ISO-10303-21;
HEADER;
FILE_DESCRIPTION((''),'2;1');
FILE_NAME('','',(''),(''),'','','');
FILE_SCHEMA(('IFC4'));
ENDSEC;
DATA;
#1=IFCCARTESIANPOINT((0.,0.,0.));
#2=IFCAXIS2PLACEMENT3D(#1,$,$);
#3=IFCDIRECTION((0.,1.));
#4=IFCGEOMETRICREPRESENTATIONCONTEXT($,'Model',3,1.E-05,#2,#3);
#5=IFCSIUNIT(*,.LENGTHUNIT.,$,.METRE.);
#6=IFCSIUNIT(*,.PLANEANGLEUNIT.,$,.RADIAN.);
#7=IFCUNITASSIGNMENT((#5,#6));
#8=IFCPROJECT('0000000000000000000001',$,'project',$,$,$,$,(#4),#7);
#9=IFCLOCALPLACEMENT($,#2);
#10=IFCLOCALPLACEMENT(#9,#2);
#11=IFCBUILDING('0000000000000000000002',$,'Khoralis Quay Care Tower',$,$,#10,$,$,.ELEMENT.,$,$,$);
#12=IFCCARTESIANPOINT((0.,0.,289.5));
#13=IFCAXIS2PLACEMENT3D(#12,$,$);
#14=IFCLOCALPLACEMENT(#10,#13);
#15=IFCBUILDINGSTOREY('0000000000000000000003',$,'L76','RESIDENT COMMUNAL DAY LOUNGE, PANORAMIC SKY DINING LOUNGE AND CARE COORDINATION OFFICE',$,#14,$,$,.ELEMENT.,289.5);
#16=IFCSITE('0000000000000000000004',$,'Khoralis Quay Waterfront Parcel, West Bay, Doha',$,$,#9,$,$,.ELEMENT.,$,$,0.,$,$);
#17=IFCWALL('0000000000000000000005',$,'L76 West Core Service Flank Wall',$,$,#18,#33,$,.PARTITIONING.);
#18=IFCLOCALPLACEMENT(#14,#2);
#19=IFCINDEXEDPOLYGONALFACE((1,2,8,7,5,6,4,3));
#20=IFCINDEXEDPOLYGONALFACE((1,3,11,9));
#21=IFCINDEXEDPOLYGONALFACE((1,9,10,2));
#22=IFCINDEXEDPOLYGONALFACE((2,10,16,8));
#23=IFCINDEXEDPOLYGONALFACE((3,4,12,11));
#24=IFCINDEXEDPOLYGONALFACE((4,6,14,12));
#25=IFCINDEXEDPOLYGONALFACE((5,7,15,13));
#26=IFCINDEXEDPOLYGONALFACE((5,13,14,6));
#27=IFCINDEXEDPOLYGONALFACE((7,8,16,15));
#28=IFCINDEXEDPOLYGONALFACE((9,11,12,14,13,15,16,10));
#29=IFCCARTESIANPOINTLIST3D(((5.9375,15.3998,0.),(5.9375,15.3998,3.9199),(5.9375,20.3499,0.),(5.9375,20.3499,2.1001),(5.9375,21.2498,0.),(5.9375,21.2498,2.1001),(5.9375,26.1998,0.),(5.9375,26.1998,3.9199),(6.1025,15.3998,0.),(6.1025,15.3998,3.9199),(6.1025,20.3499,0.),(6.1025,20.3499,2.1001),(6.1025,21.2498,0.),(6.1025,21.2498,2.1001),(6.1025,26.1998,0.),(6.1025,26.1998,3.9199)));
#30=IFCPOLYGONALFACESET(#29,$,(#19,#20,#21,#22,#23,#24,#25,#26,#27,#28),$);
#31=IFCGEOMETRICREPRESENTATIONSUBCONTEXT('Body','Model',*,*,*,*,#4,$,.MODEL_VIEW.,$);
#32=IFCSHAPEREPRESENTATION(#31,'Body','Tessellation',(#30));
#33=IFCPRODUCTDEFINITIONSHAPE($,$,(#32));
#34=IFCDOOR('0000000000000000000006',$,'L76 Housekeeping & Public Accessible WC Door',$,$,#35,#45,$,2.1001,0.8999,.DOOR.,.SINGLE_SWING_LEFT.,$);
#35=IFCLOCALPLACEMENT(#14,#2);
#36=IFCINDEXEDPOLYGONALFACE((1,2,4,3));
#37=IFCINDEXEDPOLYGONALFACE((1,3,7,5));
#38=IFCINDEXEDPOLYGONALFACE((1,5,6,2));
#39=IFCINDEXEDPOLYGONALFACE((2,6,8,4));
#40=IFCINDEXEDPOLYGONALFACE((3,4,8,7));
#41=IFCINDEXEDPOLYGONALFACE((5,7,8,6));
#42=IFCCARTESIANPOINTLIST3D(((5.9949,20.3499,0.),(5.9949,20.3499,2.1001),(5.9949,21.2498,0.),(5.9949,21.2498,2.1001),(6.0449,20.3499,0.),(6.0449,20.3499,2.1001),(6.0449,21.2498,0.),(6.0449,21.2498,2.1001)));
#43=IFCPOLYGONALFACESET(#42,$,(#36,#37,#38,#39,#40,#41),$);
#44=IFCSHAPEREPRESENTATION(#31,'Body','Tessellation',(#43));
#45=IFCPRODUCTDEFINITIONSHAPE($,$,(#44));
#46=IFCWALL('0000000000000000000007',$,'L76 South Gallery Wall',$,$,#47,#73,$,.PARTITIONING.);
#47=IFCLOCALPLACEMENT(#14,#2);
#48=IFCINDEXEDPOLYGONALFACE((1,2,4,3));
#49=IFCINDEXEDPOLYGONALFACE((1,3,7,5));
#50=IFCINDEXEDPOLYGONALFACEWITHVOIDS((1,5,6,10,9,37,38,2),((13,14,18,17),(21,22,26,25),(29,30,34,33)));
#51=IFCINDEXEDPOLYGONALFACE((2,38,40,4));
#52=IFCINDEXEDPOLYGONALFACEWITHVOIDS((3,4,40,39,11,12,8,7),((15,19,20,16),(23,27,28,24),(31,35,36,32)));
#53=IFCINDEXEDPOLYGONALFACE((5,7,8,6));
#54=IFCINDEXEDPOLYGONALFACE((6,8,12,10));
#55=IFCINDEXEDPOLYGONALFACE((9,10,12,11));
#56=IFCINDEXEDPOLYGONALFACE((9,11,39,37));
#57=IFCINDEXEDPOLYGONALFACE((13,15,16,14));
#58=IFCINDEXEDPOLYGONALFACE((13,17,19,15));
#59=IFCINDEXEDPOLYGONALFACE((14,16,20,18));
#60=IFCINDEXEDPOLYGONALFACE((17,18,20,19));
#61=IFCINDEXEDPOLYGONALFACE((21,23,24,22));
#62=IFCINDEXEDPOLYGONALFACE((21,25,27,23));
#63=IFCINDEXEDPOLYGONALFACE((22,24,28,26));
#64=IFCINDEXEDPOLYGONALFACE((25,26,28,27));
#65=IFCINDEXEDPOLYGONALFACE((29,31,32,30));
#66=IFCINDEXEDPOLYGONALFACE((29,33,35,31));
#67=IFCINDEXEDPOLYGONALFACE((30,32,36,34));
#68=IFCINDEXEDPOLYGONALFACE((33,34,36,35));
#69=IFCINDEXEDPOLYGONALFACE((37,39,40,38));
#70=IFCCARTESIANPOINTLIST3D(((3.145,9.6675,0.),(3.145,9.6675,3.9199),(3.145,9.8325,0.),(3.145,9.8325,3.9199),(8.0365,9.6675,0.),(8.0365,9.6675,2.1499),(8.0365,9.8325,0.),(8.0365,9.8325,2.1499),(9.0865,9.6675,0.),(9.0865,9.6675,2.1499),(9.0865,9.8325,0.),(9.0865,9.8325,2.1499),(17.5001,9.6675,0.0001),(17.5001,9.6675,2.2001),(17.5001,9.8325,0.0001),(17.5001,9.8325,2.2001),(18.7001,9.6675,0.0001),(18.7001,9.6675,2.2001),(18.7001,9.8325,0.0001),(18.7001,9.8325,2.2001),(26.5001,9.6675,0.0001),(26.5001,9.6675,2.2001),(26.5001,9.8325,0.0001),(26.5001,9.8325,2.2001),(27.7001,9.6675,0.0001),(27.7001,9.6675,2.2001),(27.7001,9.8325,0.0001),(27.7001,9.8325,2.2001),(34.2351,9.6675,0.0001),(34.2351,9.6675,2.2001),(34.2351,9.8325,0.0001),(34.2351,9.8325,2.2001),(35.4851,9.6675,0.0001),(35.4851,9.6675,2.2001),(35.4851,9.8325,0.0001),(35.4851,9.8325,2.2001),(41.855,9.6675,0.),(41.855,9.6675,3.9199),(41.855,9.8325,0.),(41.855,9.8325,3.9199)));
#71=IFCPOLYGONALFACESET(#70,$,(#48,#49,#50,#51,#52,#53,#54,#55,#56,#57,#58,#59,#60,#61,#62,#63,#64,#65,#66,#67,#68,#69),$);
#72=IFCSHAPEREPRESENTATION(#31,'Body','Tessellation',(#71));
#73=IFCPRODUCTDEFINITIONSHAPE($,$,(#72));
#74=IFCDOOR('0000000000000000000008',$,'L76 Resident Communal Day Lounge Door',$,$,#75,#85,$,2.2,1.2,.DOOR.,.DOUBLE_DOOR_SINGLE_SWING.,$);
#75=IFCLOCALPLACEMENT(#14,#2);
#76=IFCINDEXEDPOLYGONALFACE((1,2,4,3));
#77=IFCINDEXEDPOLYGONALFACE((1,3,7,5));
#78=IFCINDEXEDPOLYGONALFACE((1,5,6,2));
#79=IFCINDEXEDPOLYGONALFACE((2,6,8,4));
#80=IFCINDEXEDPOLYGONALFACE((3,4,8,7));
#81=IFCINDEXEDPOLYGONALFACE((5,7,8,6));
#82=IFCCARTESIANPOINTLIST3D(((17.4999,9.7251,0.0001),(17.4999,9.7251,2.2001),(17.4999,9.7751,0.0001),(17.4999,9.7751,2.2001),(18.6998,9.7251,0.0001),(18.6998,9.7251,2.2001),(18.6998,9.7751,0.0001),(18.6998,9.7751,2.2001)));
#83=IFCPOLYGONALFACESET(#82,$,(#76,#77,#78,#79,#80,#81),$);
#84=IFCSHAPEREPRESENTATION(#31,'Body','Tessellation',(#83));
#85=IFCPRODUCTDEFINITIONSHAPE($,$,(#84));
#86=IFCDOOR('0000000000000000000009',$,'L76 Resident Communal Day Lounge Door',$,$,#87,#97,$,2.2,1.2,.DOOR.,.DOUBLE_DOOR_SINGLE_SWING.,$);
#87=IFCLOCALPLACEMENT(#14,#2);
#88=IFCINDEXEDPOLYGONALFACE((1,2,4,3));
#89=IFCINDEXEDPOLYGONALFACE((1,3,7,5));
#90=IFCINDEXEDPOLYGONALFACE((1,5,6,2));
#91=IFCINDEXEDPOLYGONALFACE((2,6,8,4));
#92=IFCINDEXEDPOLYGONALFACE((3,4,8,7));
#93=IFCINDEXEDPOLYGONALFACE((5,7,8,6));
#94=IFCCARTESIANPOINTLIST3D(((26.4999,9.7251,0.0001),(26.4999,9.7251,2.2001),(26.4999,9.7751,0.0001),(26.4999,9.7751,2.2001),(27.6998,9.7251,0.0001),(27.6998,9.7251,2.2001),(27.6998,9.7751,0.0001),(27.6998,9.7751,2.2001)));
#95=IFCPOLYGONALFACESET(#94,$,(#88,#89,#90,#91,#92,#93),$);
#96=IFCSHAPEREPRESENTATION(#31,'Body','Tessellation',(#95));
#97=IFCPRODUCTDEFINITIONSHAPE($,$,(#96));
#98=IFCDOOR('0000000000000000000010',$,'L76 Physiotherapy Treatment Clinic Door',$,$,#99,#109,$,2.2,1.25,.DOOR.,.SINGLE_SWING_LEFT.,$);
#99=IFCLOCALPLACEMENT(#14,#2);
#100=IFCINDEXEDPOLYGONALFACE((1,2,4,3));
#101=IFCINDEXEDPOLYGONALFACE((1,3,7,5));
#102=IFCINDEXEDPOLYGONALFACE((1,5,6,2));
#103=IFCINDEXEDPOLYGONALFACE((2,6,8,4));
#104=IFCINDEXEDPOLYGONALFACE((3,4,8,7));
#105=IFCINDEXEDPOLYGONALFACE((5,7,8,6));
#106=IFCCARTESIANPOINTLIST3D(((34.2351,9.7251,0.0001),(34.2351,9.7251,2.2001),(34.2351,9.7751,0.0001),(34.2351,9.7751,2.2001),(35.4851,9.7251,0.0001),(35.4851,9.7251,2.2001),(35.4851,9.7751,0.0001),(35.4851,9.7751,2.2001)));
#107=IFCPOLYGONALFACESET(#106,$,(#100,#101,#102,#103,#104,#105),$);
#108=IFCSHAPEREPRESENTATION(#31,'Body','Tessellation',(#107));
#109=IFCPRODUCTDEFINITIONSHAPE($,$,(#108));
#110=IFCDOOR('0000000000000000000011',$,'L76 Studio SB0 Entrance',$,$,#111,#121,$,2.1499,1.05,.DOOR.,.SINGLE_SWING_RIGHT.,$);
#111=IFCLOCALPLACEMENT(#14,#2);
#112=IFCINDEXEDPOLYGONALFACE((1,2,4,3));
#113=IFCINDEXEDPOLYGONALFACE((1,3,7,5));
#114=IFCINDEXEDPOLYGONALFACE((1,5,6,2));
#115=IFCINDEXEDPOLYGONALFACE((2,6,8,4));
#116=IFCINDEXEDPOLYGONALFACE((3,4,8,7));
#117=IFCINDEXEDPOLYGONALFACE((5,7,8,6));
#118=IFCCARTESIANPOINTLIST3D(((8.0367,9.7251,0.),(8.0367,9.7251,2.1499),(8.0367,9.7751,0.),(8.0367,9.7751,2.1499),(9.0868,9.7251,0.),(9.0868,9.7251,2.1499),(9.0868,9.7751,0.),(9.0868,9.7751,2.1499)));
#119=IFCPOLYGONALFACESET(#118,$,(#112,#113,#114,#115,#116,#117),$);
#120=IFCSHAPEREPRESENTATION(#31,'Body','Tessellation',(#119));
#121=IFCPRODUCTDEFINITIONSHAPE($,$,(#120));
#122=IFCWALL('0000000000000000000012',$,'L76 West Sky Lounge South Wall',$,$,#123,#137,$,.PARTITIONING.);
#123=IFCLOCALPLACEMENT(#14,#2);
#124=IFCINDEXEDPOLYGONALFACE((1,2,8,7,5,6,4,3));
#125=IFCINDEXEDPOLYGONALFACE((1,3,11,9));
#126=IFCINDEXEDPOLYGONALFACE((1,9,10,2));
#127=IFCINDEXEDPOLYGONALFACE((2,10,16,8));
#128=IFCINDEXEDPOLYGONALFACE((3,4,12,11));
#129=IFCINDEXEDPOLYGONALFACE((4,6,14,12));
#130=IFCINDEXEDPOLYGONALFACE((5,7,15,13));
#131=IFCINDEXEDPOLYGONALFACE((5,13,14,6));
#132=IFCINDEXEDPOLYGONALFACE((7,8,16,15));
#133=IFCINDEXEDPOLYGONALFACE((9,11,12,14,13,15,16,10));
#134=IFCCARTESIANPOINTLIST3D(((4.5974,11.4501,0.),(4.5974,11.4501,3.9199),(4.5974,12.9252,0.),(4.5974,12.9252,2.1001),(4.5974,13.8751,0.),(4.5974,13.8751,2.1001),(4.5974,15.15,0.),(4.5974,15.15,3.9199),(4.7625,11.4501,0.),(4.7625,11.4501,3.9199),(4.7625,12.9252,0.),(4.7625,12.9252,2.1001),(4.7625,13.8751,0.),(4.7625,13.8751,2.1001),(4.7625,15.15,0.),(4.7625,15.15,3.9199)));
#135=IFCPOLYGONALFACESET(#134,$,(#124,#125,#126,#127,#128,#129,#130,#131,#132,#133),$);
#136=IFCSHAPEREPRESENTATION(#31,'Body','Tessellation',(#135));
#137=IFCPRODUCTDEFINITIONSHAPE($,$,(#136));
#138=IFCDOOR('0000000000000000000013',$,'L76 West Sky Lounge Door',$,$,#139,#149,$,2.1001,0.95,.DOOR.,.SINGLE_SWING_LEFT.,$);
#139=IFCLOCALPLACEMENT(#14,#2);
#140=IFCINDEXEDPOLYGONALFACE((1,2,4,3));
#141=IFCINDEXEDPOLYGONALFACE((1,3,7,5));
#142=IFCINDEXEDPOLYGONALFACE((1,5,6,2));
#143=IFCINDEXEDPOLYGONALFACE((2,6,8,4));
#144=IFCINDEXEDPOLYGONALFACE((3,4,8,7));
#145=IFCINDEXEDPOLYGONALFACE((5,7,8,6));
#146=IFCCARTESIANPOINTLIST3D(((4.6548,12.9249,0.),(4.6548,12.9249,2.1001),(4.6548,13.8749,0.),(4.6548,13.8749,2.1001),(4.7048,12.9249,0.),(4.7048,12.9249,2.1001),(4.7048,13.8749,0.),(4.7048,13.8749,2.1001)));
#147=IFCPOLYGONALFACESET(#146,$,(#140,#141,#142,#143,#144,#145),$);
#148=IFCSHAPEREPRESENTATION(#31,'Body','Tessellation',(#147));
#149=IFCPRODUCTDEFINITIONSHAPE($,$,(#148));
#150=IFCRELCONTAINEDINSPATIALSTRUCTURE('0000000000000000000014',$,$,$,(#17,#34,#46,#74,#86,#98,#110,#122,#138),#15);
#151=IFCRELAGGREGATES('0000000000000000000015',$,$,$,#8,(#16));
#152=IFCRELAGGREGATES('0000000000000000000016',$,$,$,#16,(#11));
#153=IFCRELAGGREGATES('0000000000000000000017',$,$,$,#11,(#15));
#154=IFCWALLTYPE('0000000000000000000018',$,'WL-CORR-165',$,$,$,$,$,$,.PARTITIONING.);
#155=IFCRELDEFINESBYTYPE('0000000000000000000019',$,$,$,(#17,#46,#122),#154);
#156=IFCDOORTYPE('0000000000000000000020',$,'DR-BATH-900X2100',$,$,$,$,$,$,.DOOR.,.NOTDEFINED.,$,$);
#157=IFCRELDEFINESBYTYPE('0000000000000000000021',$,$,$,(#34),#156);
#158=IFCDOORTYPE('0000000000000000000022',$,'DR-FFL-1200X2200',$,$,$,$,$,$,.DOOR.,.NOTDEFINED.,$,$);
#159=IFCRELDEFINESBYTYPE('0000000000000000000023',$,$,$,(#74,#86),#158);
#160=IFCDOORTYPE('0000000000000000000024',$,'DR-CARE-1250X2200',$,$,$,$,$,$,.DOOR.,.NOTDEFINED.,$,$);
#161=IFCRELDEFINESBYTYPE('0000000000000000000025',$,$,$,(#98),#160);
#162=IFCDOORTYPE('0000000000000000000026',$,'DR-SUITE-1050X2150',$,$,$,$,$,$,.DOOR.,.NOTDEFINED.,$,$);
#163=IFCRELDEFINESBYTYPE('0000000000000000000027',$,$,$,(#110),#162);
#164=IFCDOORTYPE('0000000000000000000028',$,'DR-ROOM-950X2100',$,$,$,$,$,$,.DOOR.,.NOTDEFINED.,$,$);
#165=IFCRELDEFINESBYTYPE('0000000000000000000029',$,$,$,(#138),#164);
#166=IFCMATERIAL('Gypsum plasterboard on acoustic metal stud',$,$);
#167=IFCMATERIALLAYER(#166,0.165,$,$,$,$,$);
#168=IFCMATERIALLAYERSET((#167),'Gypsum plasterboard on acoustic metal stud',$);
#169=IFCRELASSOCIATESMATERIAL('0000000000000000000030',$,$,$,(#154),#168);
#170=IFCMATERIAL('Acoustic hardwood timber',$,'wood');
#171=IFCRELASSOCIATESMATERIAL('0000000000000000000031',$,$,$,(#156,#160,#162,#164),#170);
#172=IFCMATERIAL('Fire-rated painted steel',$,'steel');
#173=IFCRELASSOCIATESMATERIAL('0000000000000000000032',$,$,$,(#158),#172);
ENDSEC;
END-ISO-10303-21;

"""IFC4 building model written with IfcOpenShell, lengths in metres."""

from ifc_helpers import new_model, si_unit, direction, frame, frame_2d, origin, place, context, subcontext, project, spatial, rectangle, extrude, source, transform, mapped, material, layer, layer_set, type_object, element, fill, save


model = new_model("IFC4")

# Units and contexts
model_context = context("Model", 3, precision=1e-05, world=origin(), true_north=direction((0.0, 1.0)))
body_context = subcontext(model_context, "Body", "Model", "MODEL_VIEW")
ifc_project = project(units=[si_unit("LENGTHUNIT", "METRE"), si_unit("PLANEANGLEUNIT", "RADIAN")], contexts=[model_context])

# Site, building, storey
site_placement = place(None, origin())
site = spatial("IfcSite", under=ifc_project, at=site_placement, Name="Khoralis Quay Waterfront Parcel, West Bay, Doha", CompositionType="ELEMENT", RefElevation=0.0)
building_placement = place(site_placement, origin())
building = spatial("IfcBuilding", under=site, at=building_placement, Name="Khoralis Quay Care Tower", CompositionType="ELEMENT")
storey_placement = place(building_placement, frame((0.0, 0.0, 289.5)))
storey = spatial("IfcBuildingStorey", under=building, at=storey_placement, Name="L76", Description="RESIDENT COMMUNAL DAY LOUNGE, PANORAMIC SKY DINING LOUNGE AND CARE COORDINATION OFFICE", CompositionType="ELEMENT", Elevation=289.5)

# Wall, opening, door
ifc_material_1 = material(Name="Gypsum plasterboard on acoustic metal stud")
ifc_layer_1 = layer(ifc_material_1, 0.165)
ifc_layer_set_1 = layer_set([ifc_layer_1], Name="Gypsum plasterboard on acoustic metal stud")
wall_type_1 = type_object("IfcWallType", Name="WL-CORR-165", PredefinedType="PARTITIONING", material=ifc_layer_set_1)
wall_1_placement = place(storey_placement, frame((6.02, 15.3999, 0.0), z_axis=(0.0, 0.0, 1.0), x_axis=(0.0, 1.0, 0.0)))
wall_1 = element("IfcWall", 1, at=wall_1_placement, inside=storey, type_object=wall_type_1, Name="L76 West Core Service Flank Wall", PredefinedType="PARTITIONING", context=body_context, shape_type="SweptSolid", body=[
    extrude(rectangle(XDim=10.8, YDim=0.165, at=frame_2d((5.3999, 0.0))), origin(), (0.0, 0.0, 1.0), 3.9199),
])
opening_1_placement = place(wall_1_placement, frame((4.95, 0.0, 0.0)))
opening_1 = element("IfcOpeningElement", 2, at=opening_1_placement, cuts=wall_1, PredefinedType="OPENING", context=body_context, shape_type="SweptSolid", body=[
    extrude(rectangle(XDim=0.8999, YDim=2.1001, at=frame_2d((0.45, 1.05))), frame((0.0, 0.0925, 0.0), z_axis=(0.0, -1.0, 0.0), x_axis=(1.0, 0.0, 0.0)), (0.0, 0.0, 1.0), 0.1851),
])
ifc_material_2 = material(Name="Acoustic hardwood timber", Category="wood")
door_type_1 = type_object("IfcDoorType", Name="DR-BATH-900X2100", OperationType="NOTDEFINED", PredefinedType="DOOR", material=ifc_material_2)
shared_shape_1 = source(origin(), body_context, "Body", "SweptSolid", [
    extrude(rectangle(XDim=0.8999, YDim=2.1001, at=frame_2d((0.45, 1.05))), frame((0.0, 0.0249, 0.0), z_axis=(0.0, -1.0, 0.0), x_axis=(1.0, 0.0, 0.0)), (0.0, 0.0, 1.0), 0.05),
])
door_1_placement = place(opening_1_placement, frame((0.8999, 0.0, 0.0), z_axis=(0.0, 0.0, 1.0), x_axis=(-1.0, 0.0, 0.0)))
door_1 = element("IfcDoor", 3, at=door_1_placement, inside=storey, type_object=door_type_1, Name="L76 Housekeeping & Public Accessible WC Door", OperationType="SINGLE_SWING_LEFT", OverallHeight=2.1001, OverallWidth=0.8999, PredefinedType="DOOR", context=body_context, shape_type="MappedRepresentation", body=[
    mapped(shared_shape_1, transform((0.0, 0.0, 0.0), scale=1.0)),
])
fill(opening_1, door_1)

# Wall, openings, doors
wall_2_placement = place(storey_placement, frame((3.145, 9.75, 0.0), z_axis=(0.0, 0.0, 1.0), x_axis=(1.0, 0.0, 0.0)))
wall_2 = element("IfcWall", 4, at=wall_2_placement, inside=storey, type_object=wall_type_1, Name="L76 South Gallery Wall", PredefinedType="PARTITIONING", context=body_context, shape_type="SweptSolid", body=[
    extrude(rectangle(XDim=38.71, YDim=0.165, at=frame_2d((19.355, 0.0))), origin(), (0.0, 0.0, 1.0), 3.9199),
])
opening_2_placement = place(wall_2_placement, frame((4.8916, 0.0, 0.0)))
opening_2 = element("IfcOpeningElement", 5, at=opening_2_placement, cuts=wall_2, PredefinedType="OPENING", context=body_context, shape_type="SweptSolid", body=[
    extrude(rectangle(XDim=1.05, YDim=2.1499, at=frame_2d((0.5249, 1.075))), frame((0.0, 0.0925, 0.0), z_axis=(0.0, -1.0, 0.0), x_axis=(1.0, 0.0, 0.0)), (0.0, 0.0, 1.0), 0.1851),
])
opening_3_placement = place(wall_2_placement, frame((14.355, 0.0, 0.0)))
opening_3 = element("IfcOpeningElement", 6, at=opening_3_placement, cuts=wall_2, PredefinedType="OPENING", context=body_context, shape_type="SweptSolid", body=[
    extrude(rectangle(XDim=1.2, YDim=2.2, at=frame_2d((0.6001, 1.1001))), frame((0.0, 0.0925, 0.0), z_axis=(0.0, -1.0, 0.0), x_axis=(1.0, 0.0, 0.0)), (0.0, 0.0, 1.0), 0.1851),
])
opening_4_placement = place(wall_2_placement, frame((23.355, 0.0, 0.0)))
opening_4 = element("IfcOpeningElement", 7, at=opening_4_placement, cuts=wall_2, PredefinedType="OPENING", context=body_context, shape_type="SweptSolid", body=[
    extrude(rectangle(XDim=1.2, YDim=2.2, at=frame_2d((0.6001, 1.1001))), frame((0.0, 0.0925, 0.0), z_axis=(0.0, -1.0, 0.0), x_axis=(1.0, 0.0, 0.0)), (0.0, 0.0, 1.0), 0.1851),
])
opening_5_placement = place(wall_2_placement, frame((31.0901, 0.0, 0.0)))
opening_5 = element("IfcOpeningElement", 8, at=opening_5_placement, cuts=wall_2, PredefinedType="OPENING", context=body_context, shape_type="SweptSolid", body=[
    extrude(rectangle(XDim=1.25, YDim=2.2, at=frame_2d((0.625, 1.1001))), frame((0.0, 0.0925, 0.0), z_axis=(0.0, -1.0, 0.0), x_axis=(1.0, 0.0, 0.0)), (0.0, 0.0, 1.0), 0.1851),
])
ifc_material_3 = material(Name="Fire-rated painted steel", Category="steel")
door_type_2 = type_object("IfcDoorType", Name="DR-FFL-1200X2200", OperationType="NOTDEFINED", PredefinedType="DOOR", material=ifc_material_3)
shared_shape_2 = source(origin(), body_context, "Body", "SweptSolid", [
    extrude(rectangle(XDim=1.2, YDim=2.2, at=frame_2d((0.6001, 1.1001))), frame((0.0, 0.0249, 0.0), z_axis=(0.0, -1.0, 0.0), x_axis=(1.0, 0.0, 0.0)), (0.0, 0.0, 1.0), 0.05),
])
door_2_placement = place(opening_3_placement, frame((1.2, 0.0, 0.0), z_axis=(0.0, 0.0, 1.0), x_axis=(-1.0, 0.0, 0.0)))
door_2 = element("IfcDoor", 9, at=door_2_placement, inside=storey, type_object=door_type_2, Name="L76 Resident Communal Day Lounge Door", OperationType="DOUBLE_DOOR_SINGLE_SWING", OverallHeight=2.2, OverallWidth=1.2, PredefinedType="DOOR", context=body_context, shape_type="MappedRepresentation", body=[
    mapped(shared_shape_2, transform((0.0, 0.0, 0.0), scale=1.0)),
])
fill(opening_3, door_2)
door_3_placement = place(opening_4_placement, frame((1.2, 0.0, 0.0), z_axis=(0.0, 0.0, 1.0), x_axis=(-1.0, 0.0, 0.0)))
door_3 = element("IfcDoor", 10, at=door_3_placement, inside=storey, type_object=door_type_2, Name="L76 Resident Communal Day Lounge Door", OperationType="DOUBLE_DOOR_SINGLE_SWING", OverallHeight=2.2, OverallWidth=1.2, PredefinedType="DOOR", context=body_context, shape_type="MappedRepresentation", body=[
    mapped(shared_shape_2, transform((0.0, 0.0, 0.0), scale=1.0)),
])
fill(opening_4, door_3)
door_type_3 = type_object("IfcDoorType", Name="DR-CARE-1250X2200", OperationType="NOTDEFINED", PredefinedType="DOOR", material=ifc_material_2)
shared_shape_3 = source(origin(), body_context, "Body", "SweptSolid", [
    extrude(rectangle(XDim=1.25, YDim=2.2, at=frame_2d((0.625, 1.1001))), frame((0.0, 0.0249, 0.0), z_axis=(0.0, -1.0, 0.0), x_axis=(1.0, 0.0, 0.0)), (0.0, 0.0, 1.0), 0.05),
])
door_4_placement = place(opening_5_placement, frame((1.25, 0.0, 0.0), z_axis=(0.0, 0.0, 1.0), x_axis=(-1.0, 0.0, 0.0)))
door_4 = element("IfcDoor", 11, at=door_4_placement, inside=storey, type_object=door_type_3, Name="L76 Physiotherapy Treatment Clinic Door", OperationType="SINGLE_SWING_LEFT", OverallHeight=2.2, OverallWidth=1.25, PredefinedType="DOOR", context=body_context, shape_type="MappedRepresentation", body=[
    mapped(shared_shape_3, transform((0.0, 0.0, 0.0), scale=1.0)),
])
fill(opening_5, door_4)
door_type_4 = type_object("IfcDoorType", Name="DR-SUITE-1050X2150", OperationType="NOTDEFINED", PredefinedType="DOOR", material=ifc_material_2)
shared_shape_4 = source(origin(), body_context, "Body", "SweptSolid", [
    extrude(rectangle(XDim=1.05, YDim=2.1499, at=frame_2d((0.5249, 1.075))), frame((0.0, 0.0249, 0.0), z_axis=(0.0, -1.0, 0.0), x_axis=(1.0, 0.0, 0.0)), (0.0, 0.0, 1.0), 0.05),
])
door_5_placement = place(opening_2_placement, frame((1.05, 0.0, 0.0), z_axis=(0.0, 0.0, 1.0), x_axis=(-1.0, 0.0, 0.0)))
door_5 = element("IfcDoor", 12, at=door_5_placement, inside=storey, type_object=door_type_4, Name="L76 Studio SB0 Entrance", OperationType="SINGLE_SWING_RIGHT", OverallHeight=2.1499, OverallWidth=1.05, PredefinedType="DOOR", context=body_context, shape_type="MappedRepresentation", body=[
    mapped(shared_shape_4, transform((0.0, 0.0, 0.0), scale=1.0)),
])
fill(opening_2, door_5)

# Wall, opening, door
wall_3_placement = place(storey_placement, frame((4.6799, 11.45, 0.0), z_axis=(0.0, 0.0, 1.0), x_axis=(0.0, 1.0, 0.0)))
wall_3 = element("IfcWall", 13, at=wall_3_placement, inside=storey, type_object=wall_type_1, Name="L76 West Sky Lounge South Wall", PredefinedType="PARTITIONING", context=body_context, shape_type="SweptSolid", body=[
    extrude(rectangle(XDim=3.7, YDim=0.165, at=frame_2d((1.8501, 0.0))), origin(), (0.0, 0.0, 1.0), 3.9199),
])
opening_6_placement = place(wall_3_placement, frame((1.4751, 0.0, 0.0)))
opening_6 = element("IfcOpeningElement", 14, at=opening_6_placement, cuts=wall_3, PredefinedType="OPENING", context=body_context, shape_type="SweptSolid", body=[
    extrude(rectangle(XDim=0.95, YDim=2.1001, at=frame_2d((0.4751, 1.05))), frame((0.0, 0.0925, 0.0), z_axis=(0.0, -1.0, 0.0), x_axis=(1.0, 0.0, 0.0)), (0.0, 0.0, 1.0), 0.1851),
])
door_type_5 = type_object("IfcDoorType", Name="DR-ROOM-950X2100", OperationType="NOTDEFINED", PredefinedType="DOOR", material=ifc_material_2)
shared_shape_5 = source(origin(), body_context, "Body", "SweptSolid", [
    extrude(rectangle(XDim=0.95, YDim=2.1001, at=frame_2d((0.4751, 1.05))), frame((0.0, 0.0249, 0.0), z_axis=(0.0, -1.0, 0.0), x_axis=(1.0, 0.0, 0.0)), (0.0, 0.0, 1.0), 0.05),
])
door_6_placement = place(opening_6_placement, frame((0.95, 0.0, 0.0), z_axis=(0.0, 0.0, 1.0), x_axis=(-1.0, 0.0, 0.0)))
door_6 = element("IfcDoor", 15, at=door_6_placement, inside=storey, type_object=door_type_5, Name="L76 West Sky Lounge Door", OperationType="SINGLE_SWING_LEFT", OverallHeight=2.1001, OverallWidth=0.95, PredefinedType="DOOR", context=body_context, shape_type="MappedRepresentation", body=[
    mapped(shared_shape_5, transform((0.0, 0.0, 0.0), scale=1.0)),
])
fill(opening_6, door_6)

save(model, "model.ifc")
